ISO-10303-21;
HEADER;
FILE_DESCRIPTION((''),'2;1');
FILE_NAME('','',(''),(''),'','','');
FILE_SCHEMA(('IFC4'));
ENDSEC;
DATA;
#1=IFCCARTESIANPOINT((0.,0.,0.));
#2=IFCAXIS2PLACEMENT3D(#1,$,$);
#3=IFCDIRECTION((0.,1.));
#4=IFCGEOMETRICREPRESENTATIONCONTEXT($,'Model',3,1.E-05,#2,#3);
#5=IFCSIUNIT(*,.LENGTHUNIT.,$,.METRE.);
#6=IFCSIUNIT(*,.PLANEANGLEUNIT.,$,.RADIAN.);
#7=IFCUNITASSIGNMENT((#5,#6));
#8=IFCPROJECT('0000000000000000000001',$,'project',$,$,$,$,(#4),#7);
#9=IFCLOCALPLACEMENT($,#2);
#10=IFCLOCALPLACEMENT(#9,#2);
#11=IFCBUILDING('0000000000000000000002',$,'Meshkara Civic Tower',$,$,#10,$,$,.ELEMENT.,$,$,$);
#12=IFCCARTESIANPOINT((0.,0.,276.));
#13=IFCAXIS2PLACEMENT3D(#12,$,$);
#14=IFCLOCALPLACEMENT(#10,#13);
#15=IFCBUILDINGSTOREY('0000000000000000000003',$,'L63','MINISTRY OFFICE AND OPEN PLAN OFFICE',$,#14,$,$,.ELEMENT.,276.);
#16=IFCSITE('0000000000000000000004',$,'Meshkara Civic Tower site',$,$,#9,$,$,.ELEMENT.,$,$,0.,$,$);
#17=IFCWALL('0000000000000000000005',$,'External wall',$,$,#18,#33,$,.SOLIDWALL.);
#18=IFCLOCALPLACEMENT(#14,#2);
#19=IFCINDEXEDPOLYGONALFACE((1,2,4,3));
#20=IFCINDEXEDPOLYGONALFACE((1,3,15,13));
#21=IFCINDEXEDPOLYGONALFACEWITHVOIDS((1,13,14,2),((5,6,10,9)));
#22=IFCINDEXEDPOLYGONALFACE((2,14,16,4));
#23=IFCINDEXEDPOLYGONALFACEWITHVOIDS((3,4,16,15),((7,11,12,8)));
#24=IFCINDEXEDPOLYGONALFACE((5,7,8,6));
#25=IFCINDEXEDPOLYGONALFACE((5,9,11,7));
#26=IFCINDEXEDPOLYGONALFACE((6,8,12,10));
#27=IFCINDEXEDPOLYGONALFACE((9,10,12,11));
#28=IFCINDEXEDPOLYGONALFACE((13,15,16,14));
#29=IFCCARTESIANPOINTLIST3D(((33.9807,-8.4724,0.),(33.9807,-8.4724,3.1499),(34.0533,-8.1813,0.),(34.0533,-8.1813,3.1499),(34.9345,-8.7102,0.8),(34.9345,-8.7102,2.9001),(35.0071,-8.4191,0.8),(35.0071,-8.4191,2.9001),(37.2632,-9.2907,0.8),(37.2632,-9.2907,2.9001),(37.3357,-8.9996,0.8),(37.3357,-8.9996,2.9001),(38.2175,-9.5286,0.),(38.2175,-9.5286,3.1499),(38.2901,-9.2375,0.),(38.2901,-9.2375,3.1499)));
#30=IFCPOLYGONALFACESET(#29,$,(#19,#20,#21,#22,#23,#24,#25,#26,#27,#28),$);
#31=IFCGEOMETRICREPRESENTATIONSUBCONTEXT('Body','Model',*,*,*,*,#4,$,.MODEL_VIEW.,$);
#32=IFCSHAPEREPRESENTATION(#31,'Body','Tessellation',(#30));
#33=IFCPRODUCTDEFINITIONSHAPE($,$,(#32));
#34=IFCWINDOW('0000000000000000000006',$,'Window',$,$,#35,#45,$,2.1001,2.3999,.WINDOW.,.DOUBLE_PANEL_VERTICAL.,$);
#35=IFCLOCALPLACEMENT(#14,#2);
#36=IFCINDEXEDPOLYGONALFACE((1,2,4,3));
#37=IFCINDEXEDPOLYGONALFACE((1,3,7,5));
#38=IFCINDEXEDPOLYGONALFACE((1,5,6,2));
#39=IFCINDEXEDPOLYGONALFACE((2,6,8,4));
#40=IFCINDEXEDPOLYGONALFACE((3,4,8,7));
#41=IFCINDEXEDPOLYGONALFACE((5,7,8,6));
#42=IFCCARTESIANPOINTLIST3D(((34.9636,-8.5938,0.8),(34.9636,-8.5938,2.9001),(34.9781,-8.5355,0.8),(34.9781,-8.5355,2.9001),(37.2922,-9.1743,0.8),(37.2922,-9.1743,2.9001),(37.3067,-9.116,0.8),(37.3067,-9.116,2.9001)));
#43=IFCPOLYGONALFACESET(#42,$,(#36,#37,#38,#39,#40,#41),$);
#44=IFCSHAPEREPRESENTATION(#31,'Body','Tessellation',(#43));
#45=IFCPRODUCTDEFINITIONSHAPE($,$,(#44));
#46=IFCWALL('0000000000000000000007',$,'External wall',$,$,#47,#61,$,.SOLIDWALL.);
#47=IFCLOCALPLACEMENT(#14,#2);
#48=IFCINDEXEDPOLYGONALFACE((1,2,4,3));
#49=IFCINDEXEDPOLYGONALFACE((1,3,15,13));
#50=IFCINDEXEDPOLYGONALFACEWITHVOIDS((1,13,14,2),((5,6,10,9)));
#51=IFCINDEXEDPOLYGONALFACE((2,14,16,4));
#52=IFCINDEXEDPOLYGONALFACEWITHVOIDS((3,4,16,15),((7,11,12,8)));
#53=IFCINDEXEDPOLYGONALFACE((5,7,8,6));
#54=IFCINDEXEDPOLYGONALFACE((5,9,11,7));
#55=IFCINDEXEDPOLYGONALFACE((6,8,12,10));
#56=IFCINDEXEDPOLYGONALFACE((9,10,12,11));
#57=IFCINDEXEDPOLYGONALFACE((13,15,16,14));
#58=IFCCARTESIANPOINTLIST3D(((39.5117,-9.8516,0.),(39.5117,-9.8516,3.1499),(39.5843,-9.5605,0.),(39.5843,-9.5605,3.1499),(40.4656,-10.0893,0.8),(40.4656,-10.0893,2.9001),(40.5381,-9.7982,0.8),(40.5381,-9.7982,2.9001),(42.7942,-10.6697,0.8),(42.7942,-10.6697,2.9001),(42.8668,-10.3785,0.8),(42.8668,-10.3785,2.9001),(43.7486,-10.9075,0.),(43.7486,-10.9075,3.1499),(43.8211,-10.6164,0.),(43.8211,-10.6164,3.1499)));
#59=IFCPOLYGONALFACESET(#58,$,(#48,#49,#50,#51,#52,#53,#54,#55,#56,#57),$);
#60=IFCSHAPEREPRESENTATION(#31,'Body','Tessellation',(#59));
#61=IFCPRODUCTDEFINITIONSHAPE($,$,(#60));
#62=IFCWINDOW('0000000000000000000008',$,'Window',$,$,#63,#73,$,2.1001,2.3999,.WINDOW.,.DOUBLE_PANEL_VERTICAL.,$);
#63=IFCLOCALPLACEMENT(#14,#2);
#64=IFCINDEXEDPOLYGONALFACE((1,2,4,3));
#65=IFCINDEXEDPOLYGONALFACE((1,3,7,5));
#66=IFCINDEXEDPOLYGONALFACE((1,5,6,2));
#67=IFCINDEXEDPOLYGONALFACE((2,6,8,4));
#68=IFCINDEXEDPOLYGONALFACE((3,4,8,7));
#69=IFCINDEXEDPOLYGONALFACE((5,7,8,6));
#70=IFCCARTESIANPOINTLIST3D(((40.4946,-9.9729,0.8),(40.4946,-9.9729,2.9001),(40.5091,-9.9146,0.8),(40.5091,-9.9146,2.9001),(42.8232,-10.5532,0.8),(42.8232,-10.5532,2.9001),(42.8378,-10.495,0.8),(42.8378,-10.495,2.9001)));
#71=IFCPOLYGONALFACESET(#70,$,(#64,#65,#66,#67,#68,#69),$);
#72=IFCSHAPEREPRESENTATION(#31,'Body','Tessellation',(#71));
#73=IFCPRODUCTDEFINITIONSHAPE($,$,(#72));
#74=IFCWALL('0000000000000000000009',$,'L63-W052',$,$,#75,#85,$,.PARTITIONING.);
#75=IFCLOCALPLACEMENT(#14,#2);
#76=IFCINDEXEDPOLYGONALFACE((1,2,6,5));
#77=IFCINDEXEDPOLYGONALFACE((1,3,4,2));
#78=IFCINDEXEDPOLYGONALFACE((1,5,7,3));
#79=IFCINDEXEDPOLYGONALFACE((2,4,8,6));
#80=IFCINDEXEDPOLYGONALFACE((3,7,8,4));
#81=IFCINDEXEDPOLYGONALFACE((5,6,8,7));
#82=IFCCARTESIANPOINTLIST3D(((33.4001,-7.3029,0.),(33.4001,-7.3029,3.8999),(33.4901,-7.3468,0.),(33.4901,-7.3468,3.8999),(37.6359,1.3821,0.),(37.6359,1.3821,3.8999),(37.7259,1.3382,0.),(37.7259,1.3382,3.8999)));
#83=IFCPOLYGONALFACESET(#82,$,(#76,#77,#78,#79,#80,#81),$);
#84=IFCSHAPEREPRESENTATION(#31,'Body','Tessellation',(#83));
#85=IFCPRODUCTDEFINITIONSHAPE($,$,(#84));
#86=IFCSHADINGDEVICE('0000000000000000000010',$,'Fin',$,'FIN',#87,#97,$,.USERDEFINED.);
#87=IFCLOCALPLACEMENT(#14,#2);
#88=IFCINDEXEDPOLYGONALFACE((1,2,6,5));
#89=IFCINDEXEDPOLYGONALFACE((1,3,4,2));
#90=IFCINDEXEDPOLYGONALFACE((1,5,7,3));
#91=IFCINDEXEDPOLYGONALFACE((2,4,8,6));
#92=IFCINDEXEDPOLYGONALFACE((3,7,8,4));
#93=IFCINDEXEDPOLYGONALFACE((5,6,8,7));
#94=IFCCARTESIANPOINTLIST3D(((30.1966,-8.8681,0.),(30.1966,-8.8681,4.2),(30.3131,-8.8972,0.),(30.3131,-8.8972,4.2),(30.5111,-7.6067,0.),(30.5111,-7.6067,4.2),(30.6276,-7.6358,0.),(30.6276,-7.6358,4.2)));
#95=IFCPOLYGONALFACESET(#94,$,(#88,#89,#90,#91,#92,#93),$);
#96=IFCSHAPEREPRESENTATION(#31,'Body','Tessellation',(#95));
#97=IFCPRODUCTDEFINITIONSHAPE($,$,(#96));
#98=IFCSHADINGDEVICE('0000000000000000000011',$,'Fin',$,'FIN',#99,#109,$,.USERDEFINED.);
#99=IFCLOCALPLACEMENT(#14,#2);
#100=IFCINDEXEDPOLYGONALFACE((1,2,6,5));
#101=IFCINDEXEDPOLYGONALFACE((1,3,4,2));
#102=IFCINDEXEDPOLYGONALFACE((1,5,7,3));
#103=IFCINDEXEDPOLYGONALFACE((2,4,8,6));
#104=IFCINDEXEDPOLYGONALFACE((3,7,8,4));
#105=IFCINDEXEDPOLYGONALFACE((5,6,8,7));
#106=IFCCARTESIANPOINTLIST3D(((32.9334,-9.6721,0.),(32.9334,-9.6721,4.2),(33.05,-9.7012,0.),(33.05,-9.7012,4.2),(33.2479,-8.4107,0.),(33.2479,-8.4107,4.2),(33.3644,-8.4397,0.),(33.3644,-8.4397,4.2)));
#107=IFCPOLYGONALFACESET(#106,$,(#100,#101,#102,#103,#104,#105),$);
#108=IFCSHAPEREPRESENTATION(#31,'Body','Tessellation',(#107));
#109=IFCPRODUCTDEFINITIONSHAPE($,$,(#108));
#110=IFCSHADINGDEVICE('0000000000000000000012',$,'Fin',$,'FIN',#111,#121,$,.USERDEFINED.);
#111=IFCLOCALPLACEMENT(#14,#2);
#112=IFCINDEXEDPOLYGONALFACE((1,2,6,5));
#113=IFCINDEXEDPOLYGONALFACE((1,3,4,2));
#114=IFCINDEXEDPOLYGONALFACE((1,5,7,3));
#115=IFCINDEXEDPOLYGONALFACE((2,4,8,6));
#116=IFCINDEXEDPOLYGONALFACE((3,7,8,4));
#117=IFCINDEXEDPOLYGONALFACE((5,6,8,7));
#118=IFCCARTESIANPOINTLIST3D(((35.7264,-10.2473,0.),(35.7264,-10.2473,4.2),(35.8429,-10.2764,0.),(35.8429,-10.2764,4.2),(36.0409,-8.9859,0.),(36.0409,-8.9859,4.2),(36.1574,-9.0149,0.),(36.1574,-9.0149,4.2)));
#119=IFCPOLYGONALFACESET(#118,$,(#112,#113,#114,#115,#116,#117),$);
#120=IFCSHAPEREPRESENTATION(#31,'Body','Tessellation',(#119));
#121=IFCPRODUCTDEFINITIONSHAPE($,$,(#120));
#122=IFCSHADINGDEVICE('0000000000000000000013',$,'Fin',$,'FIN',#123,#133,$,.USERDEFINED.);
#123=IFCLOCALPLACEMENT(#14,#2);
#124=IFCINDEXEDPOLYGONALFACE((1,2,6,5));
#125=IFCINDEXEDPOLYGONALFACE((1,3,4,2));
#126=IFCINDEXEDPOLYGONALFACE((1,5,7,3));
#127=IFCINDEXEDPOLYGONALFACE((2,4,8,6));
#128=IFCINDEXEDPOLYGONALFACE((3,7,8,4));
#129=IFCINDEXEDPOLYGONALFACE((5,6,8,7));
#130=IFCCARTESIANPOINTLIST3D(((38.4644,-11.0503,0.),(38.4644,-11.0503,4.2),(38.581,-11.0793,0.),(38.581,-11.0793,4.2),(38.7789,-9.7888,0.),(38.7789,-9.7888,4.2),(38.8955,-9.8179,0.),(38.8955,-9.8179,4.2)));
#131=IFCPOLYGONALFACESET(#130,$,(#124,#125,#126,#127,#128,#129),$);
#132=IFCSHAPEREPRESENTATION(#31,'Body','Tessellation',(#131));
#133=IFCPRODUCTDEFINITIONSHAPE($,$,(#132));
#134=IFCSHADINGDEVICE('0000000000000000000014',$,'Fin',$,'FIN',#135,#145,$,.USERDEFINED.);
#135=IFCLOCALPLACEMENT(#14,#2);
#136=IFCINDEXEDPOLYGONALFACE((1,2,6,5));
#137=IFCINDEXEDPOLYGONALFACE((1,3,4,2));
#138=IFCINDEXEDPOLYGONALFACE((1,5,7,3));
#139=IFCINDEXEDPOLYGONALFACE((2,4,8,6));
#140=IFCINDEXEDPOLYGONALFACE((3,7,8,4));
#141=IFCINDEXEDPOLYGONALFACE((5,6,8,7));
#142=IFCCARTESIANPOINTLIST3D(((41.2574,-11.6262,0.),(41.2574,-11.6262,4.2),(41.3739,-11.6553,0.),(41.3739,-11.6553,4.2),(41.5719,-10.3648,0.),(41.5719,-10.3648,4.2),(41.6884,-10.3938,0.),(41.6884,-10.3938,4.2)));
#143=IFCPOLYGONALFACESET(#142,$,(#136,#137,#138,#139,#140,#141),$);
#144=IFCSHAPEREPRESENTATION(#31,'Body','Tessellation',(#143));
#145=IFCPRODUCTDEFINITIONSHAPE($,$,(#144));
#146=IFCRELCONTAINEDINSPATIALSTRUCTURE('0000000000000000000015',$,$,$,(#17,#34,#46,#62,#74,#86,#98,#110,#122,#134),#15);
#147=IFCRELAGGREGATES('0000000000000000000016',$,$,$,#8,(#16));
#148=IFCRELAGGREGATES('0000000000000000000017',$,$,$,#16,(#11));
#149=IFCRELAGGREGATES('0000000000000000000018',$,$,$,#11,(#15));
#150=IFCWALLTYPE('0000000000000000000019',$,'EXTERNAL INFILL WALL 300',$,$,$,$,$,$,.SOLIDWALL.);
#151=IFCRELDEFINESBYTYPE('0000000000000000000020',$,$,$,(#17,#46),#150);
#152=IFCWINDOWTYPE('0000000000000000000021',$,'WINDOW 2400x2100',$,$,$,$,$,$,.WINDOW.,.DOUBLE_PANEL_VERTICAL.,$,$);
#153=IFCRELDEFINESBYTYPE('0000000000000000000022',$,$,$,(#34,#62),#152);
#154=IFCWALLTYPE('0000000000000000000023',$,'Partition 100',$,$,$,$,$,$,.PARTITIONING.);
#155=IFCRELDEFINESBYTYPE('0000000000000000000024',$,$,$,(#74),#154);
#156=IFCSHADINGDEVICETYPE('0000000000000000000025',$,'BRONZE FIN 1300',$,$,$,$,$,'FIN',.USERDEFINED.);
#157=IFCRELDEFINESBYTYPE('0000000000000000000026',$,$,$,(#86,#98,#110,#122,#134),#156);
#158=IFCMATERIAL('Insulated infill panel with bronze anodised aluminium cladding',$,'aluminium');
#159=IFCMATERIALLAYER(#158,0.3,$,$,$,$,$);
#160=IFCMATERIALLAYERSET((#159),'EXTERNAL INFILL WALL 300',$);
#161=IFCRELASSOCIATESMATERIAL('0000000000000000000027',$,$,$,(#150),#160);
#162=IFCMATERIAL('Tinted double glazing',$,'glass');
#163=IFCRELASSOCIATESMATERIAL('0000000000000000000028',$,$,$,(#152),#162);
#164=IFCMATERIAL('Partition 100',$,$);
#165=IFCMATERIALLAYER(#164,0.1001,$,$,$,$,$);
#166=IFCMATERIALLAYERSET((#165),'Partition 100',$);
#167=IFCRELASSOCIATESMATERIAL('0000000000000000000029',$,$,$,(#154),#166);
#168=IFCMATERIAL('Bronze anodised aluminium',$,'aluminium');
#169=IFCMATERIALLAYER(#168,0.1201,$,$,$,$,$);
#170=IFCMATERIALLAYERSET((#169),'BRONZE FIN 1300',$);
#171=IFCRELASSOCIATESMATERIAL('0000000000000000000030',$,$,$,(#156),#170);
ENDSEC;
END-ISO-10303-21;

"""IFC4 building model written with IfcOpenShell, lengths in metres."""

from ifc_helpers import new_model, si_unit, direction, frame, frame_2d, origin, origin_2d, place, context, subcontext, project, spatial, rectangle, extrude, material, layer, layer_set, type_object, element, fill, save


model = new_model("IFC4")

# Units and contexts
model_context = context("Model", 3, precision=1e-05, world=origin(), true_north=direction((0.0, 1.0)))
body_context = subcontext(model_context, "Body", "Model", "MODEL_VIEW")
ifc_project = project(units=[si_unit("LENGTHUNIT", "METRE"), si_unit("PLANEANGLEUNIT", "RADIAN")], contexts=[model_context])

# Site, building, storey
site_placement = place(None, origin())
site = spatial("IfcSite", under=ifc_project, at=site_placement, Name="Meshkara Civic Tower site", CompositionType="ELEMENT", RefElevation=0.0)
building_placement = place(site_placement, origin())
building = spatial("IfcBuilding", under=site, at=building_placement, Name="Meshkara Civic Tower", CompositionType="ELEMENT")
storey_placement = place(building_placement, frame((0.0, 0.0, 276.0)))
storey = spatial("IfcBuildingStorey", under=building, at=storey_placement, Name="L63", Description="MINISTRY OFFICE AND OPEN PLAN OFFICE", CompositionType="ELEMENT", Elevation=276.0)

# Walls, openings, windows
ifc_material_1 = material(Name="Insulated infill panel with bronze anodised aluminium cladding", Category="aluminium")
ifc_layer_1 = layer(ifc_material_1, 0.3)
ifc_layer_set_1 = layer_set([ifc_layer_1], Name="EXTERNAL INFILL WALL 300")
wall_type_1 = type_object("IfcWallType", Name="EXTERNAL INFILL WALL 300", PredefinedType="SOLIDWALL", material=ifc_layer_set_1)
ifc_material_2 = material(Name="Tinted double glazing", Category="glass")
window_type = type_object("IfcWindowType", Name="WINDOW 2400x2100", PartitioningType="DOUBLE_PANEL_VERTICAL", PredefinedType="WINDOW", material=ifc_material_2)
wall_1_placement = place(storey_placement, frame((34.0171, -8.3269, 0.0), z_axis=(0.0, 0.0, 1.0), x_axis=(0.970307, -0.241878, 0.0)))
wall_1 = element("IfcWall", 1, at=wall_1_placement, inside=storey, type_object=wall_type_1, Name="External wall", PredefinedType="SOLIDWALL", context=body_context, shape_type="SweptSolid", body=[
    extrude(rectangle(XDim=4.3665, YDim=0.3, at=frame_2d((2.1831, 0.0))), origin(), (0.0, 0.0, 1.0), 3.1499),
])
opening_1_placement = place(wall_1_placement, frame((0.9829, 0.0, 0.8)))
opening_1 = element("IfcOpeningElement", 2, at=opening_1_placement, cuts=wall_1, PredefinedType="OPENING", context=body_context, shape_type="SweptSolid", body=[
    extrude(rectangle(XDim=2.3999, YDim=2.1001, at=frame_2d((1.2, 1.05))), frame((0.0, 0.1599, 0.0), z_axis=(0.0, -1.0, 0.0), x_axis=(1.0, 0.0, 0.0)), (0.0, 0.0, 1.0), 0.3201),
])
window_1_placement = place(opening_1_placement, origin())
window_1 = element("IfcWindow", 3, at=window_1_placement, inside=storey, type_object=window_type, Name="Window", OverallHeight=2.1001, OverallWidth=2.3999, PartitioningType="DOUBLE_PANEL_VERTICAL", PredefinedType="WINDOW", context=body_context, shape_type="SweptSolid", body=[
    extrude(rectangle(XDim=2.3999, YDim=2.1001, at=frame_2d((1.2, 1.05))), frame((0.0, 0.03, 0.0), z_axis=(0.0, -1.0, 0.0), x_axis=(1.0, 0.0, 0.0)), (0.0, 0.0, 1.0), 0.0601),
])
fill(opening_1, window_1)
wall_2_placement = place(storey_placement, frame((39.5481, -9.7061, 0.0), z_axis=(0.0, 0.0, 1.0), x_axis=(0.97032, -0.241825, 0.0)))
wall_2 = element("IfcWall", 4, at=wall_2_placement, inside=storey, type_object=wall_type_1, Name="External wall", PredefinedType="SOLIDWALL", context=body_context, shape_type="SweptSolid", body=[
    extrude(rectangle(XDim=4.3665, YDim=0.3, at=frame_2d((2.1831, 0.0))), origin(), (0.0, 0.0, 1.0), 3.1499),
])
opening_2_placement = place(wall_2_placement, frame((0.9829, 0.0, 0.8)))
opening_2 = element("IfcOpeningElement", 5, at=opening_2_placement, cuts=wall_2, PredefinedType="OPENING", context=body_context, shape_type="SweptSolid", body=[
    extrude(rectangle(XDim=2.3999, YDim=2.1001, at=frame_2d((1.2, 1.05))), frame((0.0, 0.1599, 0.0), z_axis=(0.0, -1.0, 0.0), x_axis=(1.0, 0.0, 0.0)), (0.0, 0.0, 1.0), 0.3201),
])
window_2_placement = place(opening_2_placement, origin())
window_2 = element("IfcWindow", 6, at=window_2_placement, inside=storey, type_object=window_type, Name="Window", OverallHeight=2.1001, OverallWidth=2.3999, PartitioningType="DOUBLE_PANEL_VERTICAL", PredefinedType="WINDOW", context=body_context, shape_type="SweptSolid", body=[
    extrude(rectangle(XDim=2.3999, YDim=2.1001, at=frame_2d((1.2, 1.05))), frame((0.0, 0.03, 0.0), z_axis=(0.0, -1.0, 0.0), x_axis=(1.0, 0.0, 0.0)), (0.0, 0.0, 1.0), 0.0601),
])
fill(opening_2, window_2)

# Wall
ifc_material_3 = material(Name="Partition 100")
ifc_layer_2 = layer(ifc_material_3, 0.1001)
ifc_layer_set_2 = layer_set([ifc_layer_2], Name="Partition 100")
wall_type_2 = type_object("IfcWallType", Name="Partition 100", PredefinedType="PARTITIONING", material=ifc_layer_set_2)
wall_3_placement = place(storey_placement, frame((33.4451, -7.325, 0.0), z_axis=(0.0, 0.0, 1.0), x_axis=(0.438359, 0.8988, 0.0)))
element("IfcWall", 7, at=wall_3_placement, inside=storey, type_object=wall_type_2, Name="L63-W052", PredefinedType="PARTITIONING", context=body_context, shape_type="SweptSolid", body=[
    extrude(rectangle(XDim=9.6628, YDim=0.1001, at=frame_2d((4.8315, 0.0))), origin(), (0.0, 0.0, 1.0), 3.8999),
])

# Shading devices
ifc_material_4 = material(Name="Bronze anodised aluminium", Category="aluminium")
ifc_layer_3 = layer(ifc_material_4, 0.1201)
ifc_layer_set_3 = layer_set([ifc_layer_3], Name="BRONZE FIN 1300")
shading_device_type = type_object("IfcShadingDeviceType", Name="BRONZE FIN 1300", ElementType="FIN", PredefinedType="USERDEFINED", material=ifc_layer_set_3)
for number, where, z_axis, x_axis, name in (
    (8, (30.4121, -8.252, 0.0), (0.0, 0.0, 1.0), (0.9703, -0.241905, 0.0), "Fin"),
    (9, (33.1489, -9.0559, 0.0), (0.0, 0.0, 1.0), (0.9703, -0.241905, 0.0), "Fin"),
    (10, (35.9419, -9.6311, 0.0), (0.0, 0.0, 1.0), (0.9703, -0.241905, 0.0), "Fin"),
    (11, (38.6799, -10.4341, 0.0), (0.0, 0.0, 1.0), (0.9703, -0.241905, 0.0), "Fin"),
    (12, (41.4729, -11.01, 0.0), (0.0, 0.0, 1.0), (0.9703, -0.241905, 0.0), "Fin"),
):
    element("IfcShadingDevice", number, at=place(storey_placement, frame(where, z_axis=z_axis, x_axis=x_axis)), inside=storey, type_object=shading_device_type, Name=name, ObjectType="FIN", PredefinedType="USERDEFINED", context=body_context, shape_type="SweptSolid", body=[
        extrude(rectangle(XDim=0.1201, YDim=1.3, at=origin_2d()), origin(), (0.0, 0.0, 1.0), 4.2),
    ])

save(model, "model.ifc")
